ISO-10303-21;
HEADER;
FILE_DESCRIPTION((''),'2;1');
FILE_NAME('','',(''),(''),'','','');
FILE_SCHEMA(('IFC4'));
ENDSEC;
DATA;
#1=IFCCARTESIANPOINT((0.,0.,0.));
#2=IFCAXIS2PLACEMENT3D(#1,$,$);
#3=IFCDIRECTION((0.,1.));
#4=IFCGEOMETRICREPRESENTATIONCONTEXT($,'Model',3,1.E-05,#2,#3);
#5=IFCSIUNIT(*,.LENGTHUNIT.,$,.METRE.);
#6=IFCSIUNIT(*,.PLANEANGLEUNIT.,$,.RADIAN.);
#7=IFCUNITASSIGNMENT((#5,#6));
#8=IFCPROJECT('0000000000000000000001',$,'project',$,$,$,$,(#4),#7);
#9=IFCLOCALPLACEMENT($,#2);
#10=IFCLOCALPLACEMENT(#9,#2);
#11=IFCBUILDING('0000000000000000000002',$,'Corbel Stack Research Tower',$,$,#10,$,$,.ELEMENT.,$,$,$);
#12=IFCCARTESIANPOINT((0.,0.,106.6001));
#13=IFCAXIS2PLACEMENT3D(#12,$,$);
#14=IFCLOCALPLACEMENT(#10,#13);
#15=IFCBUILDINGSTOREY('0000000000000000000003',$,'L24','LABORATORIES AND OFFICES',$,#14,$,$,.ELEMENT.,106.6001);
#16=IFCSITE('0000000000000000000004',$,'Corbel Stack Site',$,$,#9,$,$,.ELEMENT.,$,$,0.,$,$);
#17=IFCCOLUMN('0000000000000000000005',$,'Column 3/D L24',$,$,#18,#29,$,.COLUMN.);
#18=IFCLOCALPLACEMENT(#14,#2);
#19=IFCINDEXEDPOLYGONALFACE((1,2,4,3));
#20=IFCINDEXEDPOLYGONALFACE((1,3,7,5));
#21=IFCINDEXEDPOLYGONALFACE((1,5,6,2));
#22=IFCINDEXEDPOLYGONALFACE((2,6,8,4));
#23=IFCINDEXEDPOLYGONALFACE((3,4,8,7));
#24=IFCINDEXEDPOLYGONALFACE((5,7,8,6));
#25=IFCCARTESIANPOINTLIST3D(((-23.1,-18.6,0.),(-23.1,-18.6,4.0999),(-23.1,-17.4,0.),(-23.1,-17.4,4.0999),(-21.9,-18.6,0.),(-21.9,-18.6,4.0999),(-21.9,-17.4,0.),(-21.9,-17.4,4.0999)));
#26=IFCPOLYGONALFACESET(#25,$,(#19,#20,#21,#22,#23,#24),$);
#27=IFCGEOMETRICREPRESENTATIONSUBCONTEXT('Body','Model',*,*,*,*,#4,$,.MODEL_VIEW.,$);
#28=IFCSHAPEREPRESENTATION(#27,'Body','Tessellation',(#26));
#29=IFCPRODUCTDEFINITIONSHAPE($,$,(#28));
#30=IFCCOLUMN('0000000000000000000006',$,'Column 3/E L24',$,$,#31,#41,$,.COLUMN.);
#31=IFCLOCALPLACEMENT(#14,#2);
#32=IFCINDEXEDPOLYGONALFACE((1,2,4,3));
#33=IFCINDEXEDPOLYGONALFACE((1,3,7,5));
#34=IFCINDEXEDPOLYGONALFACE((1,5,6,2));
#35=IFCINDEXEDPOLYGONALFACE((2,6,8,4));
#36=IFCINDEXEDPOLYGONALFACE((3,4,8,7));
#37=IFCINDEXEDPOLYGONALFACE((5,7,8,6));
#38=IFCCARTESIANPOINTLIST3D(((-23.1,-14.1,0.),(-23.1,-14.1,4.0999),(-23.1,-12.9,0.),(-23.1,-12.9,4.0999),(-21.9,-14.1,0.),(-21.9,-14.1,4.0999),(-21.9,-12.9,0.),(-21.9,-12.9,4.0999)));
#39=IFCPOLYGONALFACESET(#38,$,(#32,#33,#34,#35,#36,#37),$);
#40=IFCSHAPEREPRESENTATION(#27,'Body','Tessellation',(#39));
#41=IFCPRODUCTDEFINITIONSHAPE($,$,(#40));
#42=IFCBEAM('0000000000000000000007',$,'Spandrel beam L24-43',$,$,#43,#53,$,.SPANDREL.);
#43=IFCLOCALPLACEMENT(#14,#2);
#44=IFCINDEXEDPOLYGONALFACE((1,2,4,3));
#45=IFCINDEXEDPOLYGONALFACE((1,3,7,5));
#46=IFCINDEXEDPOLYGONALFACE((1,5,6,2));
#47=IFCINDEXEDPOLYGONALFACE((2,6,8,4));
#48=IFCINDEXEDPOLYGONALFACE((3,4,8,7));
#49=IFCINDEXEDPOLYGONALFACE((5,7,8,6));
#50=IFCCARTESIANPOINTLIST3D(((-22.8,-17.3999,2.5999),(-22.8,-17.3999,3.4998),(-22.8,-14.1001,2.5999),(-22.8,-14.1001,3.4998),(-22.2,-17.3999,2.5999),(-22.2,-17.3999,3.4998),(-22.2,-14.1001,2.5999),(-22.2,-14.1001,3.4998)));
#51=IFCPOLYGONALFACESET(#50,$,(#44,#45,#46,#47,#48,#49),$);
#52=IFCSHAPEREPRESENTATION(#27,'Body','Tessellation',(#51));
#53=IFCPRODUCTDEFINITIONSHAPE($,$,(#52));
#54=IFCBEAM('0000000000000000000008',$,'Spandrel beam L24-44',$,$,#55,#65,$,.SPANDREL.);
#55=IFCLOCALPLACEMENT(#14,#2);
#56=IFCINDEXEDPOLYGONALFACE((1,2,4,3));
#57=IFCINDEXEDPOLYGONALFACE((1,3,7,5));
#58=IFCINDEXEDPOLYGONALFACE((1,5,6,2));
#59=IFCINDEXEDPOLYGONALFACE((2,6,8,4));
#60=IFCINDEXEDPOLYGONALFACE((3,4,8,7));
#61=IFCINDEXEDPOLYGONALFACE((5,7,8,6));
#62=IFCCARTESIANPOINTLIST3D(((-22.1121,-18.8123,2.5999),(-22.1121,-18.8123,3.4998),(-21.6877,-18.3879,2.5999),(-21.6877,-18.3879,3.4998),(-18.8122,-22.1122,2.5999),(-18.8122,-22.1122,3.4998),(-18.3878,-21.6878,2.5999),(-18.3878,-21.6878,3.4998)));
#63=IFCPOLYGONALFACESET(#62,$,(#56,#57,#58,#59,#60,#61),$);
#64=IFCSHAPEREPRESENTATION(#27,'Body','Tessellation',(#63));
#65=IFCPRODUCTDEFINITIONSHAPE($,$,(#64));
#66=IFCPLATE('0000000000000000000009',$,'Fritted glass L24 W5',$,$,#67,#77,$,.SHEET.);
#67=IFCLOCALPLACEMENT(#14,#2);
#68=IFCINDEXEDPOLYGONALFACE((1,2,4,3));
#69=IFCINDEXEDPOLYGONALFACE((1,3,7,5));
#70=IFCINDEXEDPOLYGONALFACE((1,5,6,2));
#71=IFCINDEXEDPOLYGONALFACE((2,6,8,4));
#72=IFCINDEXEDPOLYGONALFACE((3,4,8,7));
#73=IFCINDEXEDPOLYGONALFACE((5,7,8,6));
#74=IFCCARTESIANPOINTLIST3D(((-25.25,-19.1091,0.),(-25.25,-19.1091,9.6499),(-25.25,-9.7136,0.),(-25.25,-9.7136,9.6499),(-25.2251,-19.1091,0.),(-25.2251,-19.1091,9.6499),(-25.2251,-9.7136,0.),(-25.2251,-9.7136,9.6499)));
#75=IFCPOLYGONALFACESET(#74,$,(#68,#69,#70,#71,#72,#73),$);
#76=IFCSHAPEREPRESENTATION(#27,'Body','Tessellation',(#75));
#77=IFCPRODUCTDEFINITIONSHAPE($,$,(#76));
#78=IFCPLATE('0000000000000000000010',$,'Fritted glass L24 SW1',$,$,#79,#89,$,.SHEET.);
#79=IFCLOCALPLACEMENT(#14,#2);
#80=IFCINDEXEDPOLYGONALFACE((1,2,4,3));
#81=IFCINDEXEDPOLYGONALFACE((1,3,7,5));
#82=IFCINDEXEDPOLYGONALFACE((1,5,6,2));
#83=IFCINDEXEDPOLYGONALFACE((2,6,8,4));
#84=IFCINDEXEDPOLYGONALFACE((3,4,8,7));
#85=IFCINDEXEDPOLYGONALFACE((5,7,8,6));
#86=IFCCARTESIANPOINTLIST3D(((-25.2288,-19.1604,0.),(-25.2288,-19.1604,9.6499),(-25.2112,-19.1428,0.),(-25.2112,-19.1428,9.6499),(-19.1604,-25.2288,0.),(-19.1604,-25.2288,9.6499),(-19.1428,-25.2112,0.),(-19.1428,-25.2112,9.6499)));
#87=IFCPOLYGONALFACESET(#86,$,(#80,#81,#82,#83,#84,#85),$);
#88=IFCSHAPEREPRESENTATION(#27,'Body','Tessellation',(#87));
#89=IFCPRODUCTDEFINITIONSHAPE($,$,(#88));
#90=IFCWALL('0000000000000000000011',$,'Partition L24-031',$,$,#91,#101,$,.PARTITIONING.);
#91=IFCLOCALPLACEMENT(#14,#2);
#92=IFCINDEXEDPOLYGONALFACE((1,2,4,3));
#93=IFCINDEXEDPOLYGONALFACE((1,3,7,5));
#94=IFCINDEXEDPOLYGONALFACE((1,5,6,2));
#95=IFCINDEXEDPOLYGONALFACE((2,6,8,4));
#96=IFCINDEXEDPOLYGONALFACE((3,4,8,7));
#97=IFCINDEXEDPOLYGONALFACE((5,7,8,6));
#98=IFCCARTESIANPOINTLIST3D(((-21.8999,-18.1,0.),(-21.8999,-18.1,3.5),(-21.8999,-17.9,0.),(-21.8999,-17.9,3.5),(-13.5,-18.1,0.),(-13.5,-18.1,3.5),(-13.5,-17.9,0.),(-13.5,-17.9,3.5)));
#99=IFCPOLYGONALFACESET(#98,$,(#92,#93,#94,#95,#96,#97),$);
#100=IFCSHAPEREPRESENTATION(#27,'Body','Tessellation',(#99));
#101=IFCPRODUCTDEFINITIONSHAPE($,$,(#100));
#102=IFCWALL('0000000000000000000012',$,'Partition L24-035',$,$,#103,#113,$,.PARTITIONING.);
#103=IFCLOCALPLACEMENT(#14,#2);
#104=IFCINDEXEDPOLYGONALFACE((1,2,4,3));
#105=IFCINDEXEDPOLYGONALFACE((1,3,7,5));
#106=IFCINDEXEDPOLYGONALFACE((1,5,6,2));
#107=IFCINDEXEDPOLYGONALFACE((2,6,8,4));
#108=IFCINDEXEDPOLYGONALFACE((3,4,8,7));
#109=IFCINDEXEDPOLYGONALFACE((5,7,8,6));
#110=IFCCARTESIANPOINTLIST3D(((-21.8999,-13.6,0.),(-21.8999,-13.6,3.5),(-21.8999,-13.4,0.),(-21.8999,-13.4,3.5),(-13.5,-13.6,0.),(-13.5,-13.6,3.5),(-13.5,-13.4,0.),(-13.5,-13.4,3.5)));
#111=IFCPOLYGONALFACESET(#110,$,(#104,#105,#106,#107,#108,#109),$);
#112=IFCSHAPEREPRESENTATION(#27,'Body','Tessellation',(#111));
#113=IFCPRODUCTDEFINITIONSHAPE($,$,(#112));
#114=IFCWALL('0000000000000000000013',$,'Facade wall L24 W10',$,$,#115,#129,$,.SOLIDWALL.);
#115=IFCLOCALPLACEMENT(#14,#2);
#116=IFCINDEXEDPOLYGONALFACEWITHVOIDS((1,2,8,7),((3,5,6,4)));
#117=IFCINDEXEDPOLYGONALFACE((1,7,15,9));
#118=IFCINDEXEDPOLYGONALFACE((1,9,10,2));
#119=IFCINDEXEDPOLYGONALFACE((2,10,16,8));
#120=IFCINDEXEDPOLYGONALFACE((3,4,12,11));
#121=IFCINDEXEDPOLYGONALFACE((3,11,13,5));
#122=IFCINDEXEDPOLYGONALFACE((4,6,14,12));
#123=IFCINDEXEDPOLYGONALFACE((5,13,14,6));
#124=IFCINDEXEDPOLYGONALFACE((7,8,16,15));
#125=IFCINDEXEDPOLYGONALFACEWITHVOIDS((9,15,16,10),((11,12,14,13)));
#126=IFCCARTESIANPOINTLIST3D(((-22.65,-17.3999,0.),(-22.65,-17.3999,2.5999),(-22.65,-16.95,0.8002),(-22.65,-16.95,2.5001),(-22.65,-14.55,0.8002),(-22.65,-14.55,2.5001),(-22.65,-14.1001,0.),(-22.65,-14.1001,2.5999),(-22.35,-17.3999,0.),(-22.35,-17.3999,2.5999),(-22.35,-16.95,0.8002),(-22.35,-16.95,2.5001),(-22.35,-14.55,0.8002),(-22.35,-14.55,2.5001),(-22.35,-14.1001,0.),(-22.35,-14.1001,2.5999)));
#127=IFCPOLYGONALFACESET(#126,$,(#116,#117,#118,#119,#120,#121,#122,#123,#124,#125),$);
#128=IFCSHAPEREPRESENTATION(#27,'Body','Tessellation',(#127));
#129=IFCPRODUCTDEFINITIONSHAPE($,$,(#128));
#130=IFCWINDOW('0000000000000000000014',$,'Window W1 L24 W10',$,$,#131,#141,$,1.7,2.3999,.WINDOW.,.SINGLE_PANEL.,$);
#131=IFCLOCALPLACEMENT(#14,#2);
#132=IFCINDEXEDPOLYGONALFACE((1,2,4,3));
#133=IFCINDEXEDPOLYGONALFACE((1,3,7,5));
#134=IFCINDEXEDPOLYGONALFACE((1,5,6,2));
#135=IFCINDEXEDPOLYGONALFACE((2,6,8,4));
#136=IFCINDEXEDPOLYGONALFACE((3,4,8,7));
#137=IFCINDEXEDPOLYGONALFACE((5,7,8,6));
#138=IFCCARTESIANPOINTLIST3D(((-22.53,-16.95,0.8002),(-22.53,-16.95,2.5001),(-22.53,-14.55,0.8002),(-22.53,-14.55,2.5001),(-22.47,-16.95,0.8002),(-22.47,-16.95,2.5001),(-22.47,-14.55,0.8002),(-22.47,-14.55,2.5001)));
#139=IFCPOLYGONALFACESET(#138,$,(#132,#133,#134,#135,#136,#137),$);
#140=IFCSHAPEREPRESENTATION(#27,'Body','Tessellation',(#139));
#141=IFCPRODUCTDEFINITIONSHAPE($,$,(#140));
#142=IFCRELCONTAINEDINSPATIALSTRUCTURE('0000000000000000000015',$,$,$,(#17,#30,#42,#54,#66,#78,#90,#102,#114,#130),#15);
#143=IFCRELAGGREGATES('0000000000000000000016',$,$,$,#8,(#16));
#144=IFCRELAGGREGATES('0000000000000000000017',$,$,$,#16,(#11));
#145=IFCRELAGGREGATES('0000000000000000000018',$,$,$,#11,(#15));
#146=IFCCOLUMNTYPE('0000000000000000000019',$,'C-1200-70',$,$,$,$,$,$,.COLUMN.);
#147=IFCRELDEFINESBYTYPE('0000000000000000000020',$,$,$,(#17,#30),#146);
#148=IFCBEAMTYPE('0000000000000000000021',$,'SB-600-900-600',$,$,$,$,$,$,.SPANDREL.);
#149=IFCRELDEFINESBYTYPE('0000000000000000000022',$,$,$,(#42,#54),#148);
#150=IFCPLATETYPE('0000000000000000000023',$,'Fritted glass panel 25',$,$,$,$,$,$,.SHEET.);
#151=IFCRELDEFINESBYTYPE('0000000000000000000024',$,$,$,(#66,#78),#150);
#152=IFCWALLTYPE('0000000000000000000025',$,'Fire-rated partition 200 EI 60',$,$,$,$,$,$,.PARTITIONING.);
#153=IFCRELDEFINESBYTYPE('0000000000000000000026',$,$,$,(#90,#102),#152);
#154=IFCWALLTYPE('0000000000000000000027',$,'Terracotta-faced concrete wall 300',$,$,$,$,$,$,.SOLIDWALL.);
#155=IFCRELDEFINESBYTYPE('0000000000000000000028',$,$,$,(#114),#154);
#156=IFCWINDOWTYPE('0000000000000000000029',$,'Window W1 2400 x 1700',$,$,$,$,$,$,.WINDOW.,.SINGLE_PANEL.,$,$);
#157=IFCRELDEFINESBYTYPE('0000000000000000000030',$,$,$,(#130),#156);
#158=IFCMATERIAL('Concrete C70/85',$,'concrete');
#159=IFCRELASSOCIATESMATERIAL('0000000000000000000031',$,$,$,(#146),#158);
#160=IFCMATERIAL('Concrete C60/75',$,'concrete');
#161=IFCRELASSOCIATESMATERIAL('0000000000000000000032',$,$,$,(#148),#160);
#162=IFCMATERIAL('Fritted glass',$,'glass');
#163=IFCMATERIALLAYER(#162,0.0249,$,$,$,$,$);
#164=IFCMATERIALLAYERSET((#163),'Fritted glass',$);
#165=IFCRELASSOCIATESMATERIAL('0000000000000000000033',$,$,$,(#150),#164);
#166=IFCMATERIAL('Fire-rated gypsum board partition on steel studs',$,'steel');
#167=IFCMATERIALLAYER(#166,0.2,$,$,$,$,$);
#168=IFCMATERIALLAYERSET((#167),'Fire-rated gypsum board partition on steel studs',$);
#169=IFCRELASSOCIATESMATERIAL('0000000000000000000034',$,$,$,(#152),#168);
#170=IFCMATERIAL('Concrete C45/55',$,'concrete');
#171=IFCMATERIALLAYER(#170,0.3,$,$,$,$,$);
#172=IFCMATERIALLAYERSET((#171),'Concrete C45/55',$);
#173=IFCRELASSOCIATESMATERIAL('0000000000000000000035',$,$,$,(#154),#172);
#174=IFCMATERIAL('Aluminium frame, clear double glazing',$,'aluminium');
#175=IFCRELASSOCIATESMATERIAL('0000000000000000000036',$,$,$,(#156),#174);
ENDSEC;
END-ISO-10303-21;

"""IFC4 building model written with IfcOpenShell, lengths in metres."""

from ifc_helpers import new_model, si_unit, direction, frame, frame_2d, origin, origin_2d, place, context, subcontext, project, spatial, rectangle, extrude, material, layer, layer_set, material_profile, profile_set, type_object, element, fill, save


model = new_model("IFC4")

# Units and contexts
model_context = context("Model", 3, precision=1e-05, world=origin(), true_north=direction((0.0, 1.0)))
body_context = subcontext(model_context, "Body", "Model", "MODEL_VIEW")
ifc_project = project(units=[si_unit("LENGTHUNIT", "METRE"), si_unit("PLANEANGLEUNIT", "RADIAN")], contexts=[model_context])

# Site, building, storey
site_placement = place(None, origin())
site = spatial("IfcSite", under=ifc_project, at=site_placement, Name="Corbel Stack Site", CompositionType="ELEMENT", RefElevation=0.0)
building_placement = place(site_placement, origin())
building = spatial("IfcBuilding", under=site, at=building_placement, Name="Corbel Stack Research Tower", CompositionType="ELEMENT")
storey_placement = place(building_placement, frame((0.0, 0.0, 106.6001)))
storey = spatial("IfcBuildingStorey", under=building, at=storey_placement, Name="L24", Description="LABORATORIES AND OFFICES", CompositionType="ELEMENT", Elevation=106.6001)

# Columns
ifc_material_1 = material(Name="Concrete C70/85", Category="concrete")
ifc_material_profile_1 = material_profile(ifc_material_1, rectangle(XDim=1.2, YDim=1.2, at=origin_2d()), Name="RC 1200 x 1200")
ifc_profile_set_1 = profile_set([ifc_material_profile_1], Name="Concrete C70/85")
column_type = type_object("IfcColumnType", Name="C-1200-70", PredefinedType="COLUMN", material=ifc_profile_set_1)
for number, where, z_axis, x_axis, name in (
    (1, (-22.5, -18.0, 0.0), (0.0, 0.0, 1.0), (1.0, 0.0, 0.0), "Column 3/D L24"),
    (2, (-22.5, -13.5, 0.0), (0.0, 0.0, 1.0), (1.0, 0.0, 0.0), "Column 3/E L24"),
):
    element("IfcColumn", number, at=place(storey_placement, frame(where, z_axis=z_axis, x_axis=x_axis)), inside=storey, type_object=column_type, Name=name, PredefinedType="COLUMN", context=body_context, shape_type="SweptSolid", body=[
        extrude(rectangle(XDim=1.2, YDim=1.2, at=origin_2d()), origin(), (0.0, 0.0, 1.0), 4.0999),
    ])

# Beams
ifc_material_2 = material(Name="Concrete C60/75", Category="concrete")
ifc_material_profile_2 = material_profile(ifc_material_2, rectangle(XDim=0.6001, YDim=0.8999, at=origin_2d()), Name="RC 600 x 900")
ifc_profile_set_2 = profile_set([ifc_material_profile_2], Name="Concrete C60/75")
beam_type = type_object("IfcBeamType", Name="SB-600-900-600", PredefinedType="SPANDREL", material=ifc_profile_set_2)
beam_1_placement = place(storey_placement, frame((-22.5, -14.1001, 3.0498), z_axis=(0.0, -1.0, 0.0), x_axis=(1.0, 0.0, 0.0)))
element("IfcBeam", 3, at=beam_1_placement, inside=storey, type_object=beam_type, Name="Spandrel beam L24-43", PredefinedType="SPANDREL", context=body_context, shape_type="SweptSolid", body=[
    extrude(rectangle(XDim=0.6001, YDim=0.8999, at=origin_2d()), origin(), (0.0, 0.0, 1.0), 3.2998),
])
beam_2_placement = place(storey_placement, frame((-21.8999, -18.6001, 3.0498), z_axis=(0.707107, -0.707107, 0.0), x_axis=(0.707107, 0.707107, 0.0)))
element("IfcBeam", 4, at=beam_2_placement, inside=storey, type_object=beam_type, Name="Spandrel beam L24-44", PredefinedType="SPANDREL", context=body_context, shape_type="SweptSolid", body=[
    extrude(rectangle(XDim=0.6001, YDim=0.8999, at=origin_2d()), origin(), (0.0, 0.0, 1.0), 4.6667),
])

# Plates
ifc_material_3 = material(Name="Fritted glass", Category="glass")
ifc_layer_1 = layer(ifc_material_3, 0.0249)
ifc_layer_set_1 = layer_set([ifc_layer_1], Name="Fritted glass")
plate_type = type_object("IfcPlateType", Name="Fritted glass panel 25", PredefinedType="SHEET", material=ifc_layer_set_1)
plate_1_placement = place(storey_placement, frame((-25.2375, -14.4114, 0.0), z_axis=(0.0, 0.0, 1.0), x_axis=(0.0, -1.0, 0.0)))
element("IfcPlate", 5, at=plate_1_placement, inside=storey, type_object=plate_type, Name="Fritted glass L24 W5", PredefinedType="SHEET", context=body_context, shape_type="SweptSolid", body=[
    extrude(rectangle(XDim=9.3955, YDim=0.0249, at=origin_2d()), origin(), (0.0, 0.0, 1.0), 9.6499),
])
plate_2_placement = place(storey_placement, frame((-22.1858, -22.1858, 0.0), z_axis=(0.0, 0.0, 1.0), x_axis=(0.707107, -0.707107, 0.0)))
element("IfcPlate", 6, at=plate_2_placement, inside=storey, type_object=plate_type, Name="Fritted glass L24 SW1", PredefinedType="SHEET", context=body_context, shape_type="SweptSolid", body=[
    extrude(rectangle(XDim=8.582, YDim=0.0249, at=origin_2d()), origin(), (0.0, 0.0, 1.0), 9.6499),
])

# Walls
ifc_material_4 = material(Name="Fire-rated gypsum board partition on steel studs", Category="steel")
ifc_layer_2 = layer(ifc_material_4, 0.2)
ifc_layer_set_2 = layer_set([ifc_layer_2], Name="Fire-rated gypsum board partition on steel studs")
wall_type_1 = type_object("IfcWallType", Name="Fire-rated partition 200 EI 60", PredefinedType="PARTITIONING", material=ifc_layer_set_2)
for number, where, z_axis, x_axis, name in (
    (7, (-21.8999, -18.0, 0.0), (0.0, 0.0, 1.0), (1.0, 0.0, 0.0), "Partition L24-031"),
    (8, (-21.8999, -13.5, 0.0), (0.0, 0.0, 1.0), (1.0, 0.0, 0.0), "Partition L24-035"),
):
    element("IfcWall", number, at=place(storey_placement, frame(where, z_axis=z_axis, x_axis=x_axis)), inside=storey, type_object=wall_type_1, Name=name, PredefinedType="PARTITIONING", context=body_context, shape_type="SweptSolid", body=[
        extrude(rectangle(XDim=8.3999, YDim=0.2, at=frame_2d((4.2, 0.0))), origin(), (0.0, 0.0, 1.0), 3.5),
    ])

# Wall, opening, window
ifc_material_5 = material(Name="Concrete C45/55", Category="concrete")
ifc_layer_3 = layer(ifc_material_5, 0.3)
ifc_layer_set_3 = layer_set([ifc_layer_3], Name="Concrete C45/55")
wall_type_2 = type_object("IfcWallType", Name="Terracotta-faced concrete wall 300", PredefinedType="SOLIDWALL", material=ifc_layer_set_3)
wall_placement = place(storey_placement, frame((-22.5, -17.3999, 0.0), z_axis=(0.0, 0.0, 1.0), x_axis=(0.0, 1.0, 0.0)))
wall = element("IfcWall", 9, at=wall_placement, inside=storey, type_object=wall_type_2, Name="Facade wall L24 W10", PredefinedType="SOLIDWALL", context=body_context, shape_type="SweptSolid", body=[
    extrude(rectangle(XDim=3.2998, YDim=0.3, at=frame_2d((1.6499, 0.0))), origin(), (0.0, 0.0, 1.0), 2.5999),
])
opening_placement = place(wall_placement, frame((0.45, 0.0, 0.8)))
opening = element("IfcOpeningElement", 10, at=opening_placement, cuts=wall, PredefinedType="OPENING", context=body_context, shape_type="SweptSolid", body=[
    extrude(rectangle(XDim=2.3999, YDim=1.7, at=frame_2d((1.2, 0.8501))), frame((0.0, 0.1599, 0.0), z_axis=(0.0, -1.0, 0.0), x_axis=(1.0, 0.0, 0.0)), (0.0, 0.0, 1.0), 0.3201),
])
ifc_material_6 = material(Name="Aluminium frame, clear double glazing", Category="aluminium")
window_type = type_object("IfcWindowType", Name="Window W1 2400 x 1700", PartitioningType="SINGLE_PANEL", PredefinedType="WINDOW", material=ifc_material_6)
window_placement = place(opening_placement, origin())
window = element("IfcWindow", 11, at=window_placement, inside=storey, type_object=window_type, Name="Window W1 L24 W10", OverallHeight=1.7, OverallWidth=2.3999, PartitioningType="SINGLE_PANEL", PredefinedType="WINDOW", context=body_context, shape_type="SweptSolid", body=[
    extrude(rectangle(XDim=2.3999, YDim=1.7, at=frame_2d((1.2, 0.8501))), frame((0.0, 0.03, 0.0), z_axis=(0.0, -1.0, 0.0), x_axis=(1.0, 0.0, 0.0)), (0.0, 0.0, 1.0), 0.0601),
])
fill(opening, window)

save(model, "model.ifc")
